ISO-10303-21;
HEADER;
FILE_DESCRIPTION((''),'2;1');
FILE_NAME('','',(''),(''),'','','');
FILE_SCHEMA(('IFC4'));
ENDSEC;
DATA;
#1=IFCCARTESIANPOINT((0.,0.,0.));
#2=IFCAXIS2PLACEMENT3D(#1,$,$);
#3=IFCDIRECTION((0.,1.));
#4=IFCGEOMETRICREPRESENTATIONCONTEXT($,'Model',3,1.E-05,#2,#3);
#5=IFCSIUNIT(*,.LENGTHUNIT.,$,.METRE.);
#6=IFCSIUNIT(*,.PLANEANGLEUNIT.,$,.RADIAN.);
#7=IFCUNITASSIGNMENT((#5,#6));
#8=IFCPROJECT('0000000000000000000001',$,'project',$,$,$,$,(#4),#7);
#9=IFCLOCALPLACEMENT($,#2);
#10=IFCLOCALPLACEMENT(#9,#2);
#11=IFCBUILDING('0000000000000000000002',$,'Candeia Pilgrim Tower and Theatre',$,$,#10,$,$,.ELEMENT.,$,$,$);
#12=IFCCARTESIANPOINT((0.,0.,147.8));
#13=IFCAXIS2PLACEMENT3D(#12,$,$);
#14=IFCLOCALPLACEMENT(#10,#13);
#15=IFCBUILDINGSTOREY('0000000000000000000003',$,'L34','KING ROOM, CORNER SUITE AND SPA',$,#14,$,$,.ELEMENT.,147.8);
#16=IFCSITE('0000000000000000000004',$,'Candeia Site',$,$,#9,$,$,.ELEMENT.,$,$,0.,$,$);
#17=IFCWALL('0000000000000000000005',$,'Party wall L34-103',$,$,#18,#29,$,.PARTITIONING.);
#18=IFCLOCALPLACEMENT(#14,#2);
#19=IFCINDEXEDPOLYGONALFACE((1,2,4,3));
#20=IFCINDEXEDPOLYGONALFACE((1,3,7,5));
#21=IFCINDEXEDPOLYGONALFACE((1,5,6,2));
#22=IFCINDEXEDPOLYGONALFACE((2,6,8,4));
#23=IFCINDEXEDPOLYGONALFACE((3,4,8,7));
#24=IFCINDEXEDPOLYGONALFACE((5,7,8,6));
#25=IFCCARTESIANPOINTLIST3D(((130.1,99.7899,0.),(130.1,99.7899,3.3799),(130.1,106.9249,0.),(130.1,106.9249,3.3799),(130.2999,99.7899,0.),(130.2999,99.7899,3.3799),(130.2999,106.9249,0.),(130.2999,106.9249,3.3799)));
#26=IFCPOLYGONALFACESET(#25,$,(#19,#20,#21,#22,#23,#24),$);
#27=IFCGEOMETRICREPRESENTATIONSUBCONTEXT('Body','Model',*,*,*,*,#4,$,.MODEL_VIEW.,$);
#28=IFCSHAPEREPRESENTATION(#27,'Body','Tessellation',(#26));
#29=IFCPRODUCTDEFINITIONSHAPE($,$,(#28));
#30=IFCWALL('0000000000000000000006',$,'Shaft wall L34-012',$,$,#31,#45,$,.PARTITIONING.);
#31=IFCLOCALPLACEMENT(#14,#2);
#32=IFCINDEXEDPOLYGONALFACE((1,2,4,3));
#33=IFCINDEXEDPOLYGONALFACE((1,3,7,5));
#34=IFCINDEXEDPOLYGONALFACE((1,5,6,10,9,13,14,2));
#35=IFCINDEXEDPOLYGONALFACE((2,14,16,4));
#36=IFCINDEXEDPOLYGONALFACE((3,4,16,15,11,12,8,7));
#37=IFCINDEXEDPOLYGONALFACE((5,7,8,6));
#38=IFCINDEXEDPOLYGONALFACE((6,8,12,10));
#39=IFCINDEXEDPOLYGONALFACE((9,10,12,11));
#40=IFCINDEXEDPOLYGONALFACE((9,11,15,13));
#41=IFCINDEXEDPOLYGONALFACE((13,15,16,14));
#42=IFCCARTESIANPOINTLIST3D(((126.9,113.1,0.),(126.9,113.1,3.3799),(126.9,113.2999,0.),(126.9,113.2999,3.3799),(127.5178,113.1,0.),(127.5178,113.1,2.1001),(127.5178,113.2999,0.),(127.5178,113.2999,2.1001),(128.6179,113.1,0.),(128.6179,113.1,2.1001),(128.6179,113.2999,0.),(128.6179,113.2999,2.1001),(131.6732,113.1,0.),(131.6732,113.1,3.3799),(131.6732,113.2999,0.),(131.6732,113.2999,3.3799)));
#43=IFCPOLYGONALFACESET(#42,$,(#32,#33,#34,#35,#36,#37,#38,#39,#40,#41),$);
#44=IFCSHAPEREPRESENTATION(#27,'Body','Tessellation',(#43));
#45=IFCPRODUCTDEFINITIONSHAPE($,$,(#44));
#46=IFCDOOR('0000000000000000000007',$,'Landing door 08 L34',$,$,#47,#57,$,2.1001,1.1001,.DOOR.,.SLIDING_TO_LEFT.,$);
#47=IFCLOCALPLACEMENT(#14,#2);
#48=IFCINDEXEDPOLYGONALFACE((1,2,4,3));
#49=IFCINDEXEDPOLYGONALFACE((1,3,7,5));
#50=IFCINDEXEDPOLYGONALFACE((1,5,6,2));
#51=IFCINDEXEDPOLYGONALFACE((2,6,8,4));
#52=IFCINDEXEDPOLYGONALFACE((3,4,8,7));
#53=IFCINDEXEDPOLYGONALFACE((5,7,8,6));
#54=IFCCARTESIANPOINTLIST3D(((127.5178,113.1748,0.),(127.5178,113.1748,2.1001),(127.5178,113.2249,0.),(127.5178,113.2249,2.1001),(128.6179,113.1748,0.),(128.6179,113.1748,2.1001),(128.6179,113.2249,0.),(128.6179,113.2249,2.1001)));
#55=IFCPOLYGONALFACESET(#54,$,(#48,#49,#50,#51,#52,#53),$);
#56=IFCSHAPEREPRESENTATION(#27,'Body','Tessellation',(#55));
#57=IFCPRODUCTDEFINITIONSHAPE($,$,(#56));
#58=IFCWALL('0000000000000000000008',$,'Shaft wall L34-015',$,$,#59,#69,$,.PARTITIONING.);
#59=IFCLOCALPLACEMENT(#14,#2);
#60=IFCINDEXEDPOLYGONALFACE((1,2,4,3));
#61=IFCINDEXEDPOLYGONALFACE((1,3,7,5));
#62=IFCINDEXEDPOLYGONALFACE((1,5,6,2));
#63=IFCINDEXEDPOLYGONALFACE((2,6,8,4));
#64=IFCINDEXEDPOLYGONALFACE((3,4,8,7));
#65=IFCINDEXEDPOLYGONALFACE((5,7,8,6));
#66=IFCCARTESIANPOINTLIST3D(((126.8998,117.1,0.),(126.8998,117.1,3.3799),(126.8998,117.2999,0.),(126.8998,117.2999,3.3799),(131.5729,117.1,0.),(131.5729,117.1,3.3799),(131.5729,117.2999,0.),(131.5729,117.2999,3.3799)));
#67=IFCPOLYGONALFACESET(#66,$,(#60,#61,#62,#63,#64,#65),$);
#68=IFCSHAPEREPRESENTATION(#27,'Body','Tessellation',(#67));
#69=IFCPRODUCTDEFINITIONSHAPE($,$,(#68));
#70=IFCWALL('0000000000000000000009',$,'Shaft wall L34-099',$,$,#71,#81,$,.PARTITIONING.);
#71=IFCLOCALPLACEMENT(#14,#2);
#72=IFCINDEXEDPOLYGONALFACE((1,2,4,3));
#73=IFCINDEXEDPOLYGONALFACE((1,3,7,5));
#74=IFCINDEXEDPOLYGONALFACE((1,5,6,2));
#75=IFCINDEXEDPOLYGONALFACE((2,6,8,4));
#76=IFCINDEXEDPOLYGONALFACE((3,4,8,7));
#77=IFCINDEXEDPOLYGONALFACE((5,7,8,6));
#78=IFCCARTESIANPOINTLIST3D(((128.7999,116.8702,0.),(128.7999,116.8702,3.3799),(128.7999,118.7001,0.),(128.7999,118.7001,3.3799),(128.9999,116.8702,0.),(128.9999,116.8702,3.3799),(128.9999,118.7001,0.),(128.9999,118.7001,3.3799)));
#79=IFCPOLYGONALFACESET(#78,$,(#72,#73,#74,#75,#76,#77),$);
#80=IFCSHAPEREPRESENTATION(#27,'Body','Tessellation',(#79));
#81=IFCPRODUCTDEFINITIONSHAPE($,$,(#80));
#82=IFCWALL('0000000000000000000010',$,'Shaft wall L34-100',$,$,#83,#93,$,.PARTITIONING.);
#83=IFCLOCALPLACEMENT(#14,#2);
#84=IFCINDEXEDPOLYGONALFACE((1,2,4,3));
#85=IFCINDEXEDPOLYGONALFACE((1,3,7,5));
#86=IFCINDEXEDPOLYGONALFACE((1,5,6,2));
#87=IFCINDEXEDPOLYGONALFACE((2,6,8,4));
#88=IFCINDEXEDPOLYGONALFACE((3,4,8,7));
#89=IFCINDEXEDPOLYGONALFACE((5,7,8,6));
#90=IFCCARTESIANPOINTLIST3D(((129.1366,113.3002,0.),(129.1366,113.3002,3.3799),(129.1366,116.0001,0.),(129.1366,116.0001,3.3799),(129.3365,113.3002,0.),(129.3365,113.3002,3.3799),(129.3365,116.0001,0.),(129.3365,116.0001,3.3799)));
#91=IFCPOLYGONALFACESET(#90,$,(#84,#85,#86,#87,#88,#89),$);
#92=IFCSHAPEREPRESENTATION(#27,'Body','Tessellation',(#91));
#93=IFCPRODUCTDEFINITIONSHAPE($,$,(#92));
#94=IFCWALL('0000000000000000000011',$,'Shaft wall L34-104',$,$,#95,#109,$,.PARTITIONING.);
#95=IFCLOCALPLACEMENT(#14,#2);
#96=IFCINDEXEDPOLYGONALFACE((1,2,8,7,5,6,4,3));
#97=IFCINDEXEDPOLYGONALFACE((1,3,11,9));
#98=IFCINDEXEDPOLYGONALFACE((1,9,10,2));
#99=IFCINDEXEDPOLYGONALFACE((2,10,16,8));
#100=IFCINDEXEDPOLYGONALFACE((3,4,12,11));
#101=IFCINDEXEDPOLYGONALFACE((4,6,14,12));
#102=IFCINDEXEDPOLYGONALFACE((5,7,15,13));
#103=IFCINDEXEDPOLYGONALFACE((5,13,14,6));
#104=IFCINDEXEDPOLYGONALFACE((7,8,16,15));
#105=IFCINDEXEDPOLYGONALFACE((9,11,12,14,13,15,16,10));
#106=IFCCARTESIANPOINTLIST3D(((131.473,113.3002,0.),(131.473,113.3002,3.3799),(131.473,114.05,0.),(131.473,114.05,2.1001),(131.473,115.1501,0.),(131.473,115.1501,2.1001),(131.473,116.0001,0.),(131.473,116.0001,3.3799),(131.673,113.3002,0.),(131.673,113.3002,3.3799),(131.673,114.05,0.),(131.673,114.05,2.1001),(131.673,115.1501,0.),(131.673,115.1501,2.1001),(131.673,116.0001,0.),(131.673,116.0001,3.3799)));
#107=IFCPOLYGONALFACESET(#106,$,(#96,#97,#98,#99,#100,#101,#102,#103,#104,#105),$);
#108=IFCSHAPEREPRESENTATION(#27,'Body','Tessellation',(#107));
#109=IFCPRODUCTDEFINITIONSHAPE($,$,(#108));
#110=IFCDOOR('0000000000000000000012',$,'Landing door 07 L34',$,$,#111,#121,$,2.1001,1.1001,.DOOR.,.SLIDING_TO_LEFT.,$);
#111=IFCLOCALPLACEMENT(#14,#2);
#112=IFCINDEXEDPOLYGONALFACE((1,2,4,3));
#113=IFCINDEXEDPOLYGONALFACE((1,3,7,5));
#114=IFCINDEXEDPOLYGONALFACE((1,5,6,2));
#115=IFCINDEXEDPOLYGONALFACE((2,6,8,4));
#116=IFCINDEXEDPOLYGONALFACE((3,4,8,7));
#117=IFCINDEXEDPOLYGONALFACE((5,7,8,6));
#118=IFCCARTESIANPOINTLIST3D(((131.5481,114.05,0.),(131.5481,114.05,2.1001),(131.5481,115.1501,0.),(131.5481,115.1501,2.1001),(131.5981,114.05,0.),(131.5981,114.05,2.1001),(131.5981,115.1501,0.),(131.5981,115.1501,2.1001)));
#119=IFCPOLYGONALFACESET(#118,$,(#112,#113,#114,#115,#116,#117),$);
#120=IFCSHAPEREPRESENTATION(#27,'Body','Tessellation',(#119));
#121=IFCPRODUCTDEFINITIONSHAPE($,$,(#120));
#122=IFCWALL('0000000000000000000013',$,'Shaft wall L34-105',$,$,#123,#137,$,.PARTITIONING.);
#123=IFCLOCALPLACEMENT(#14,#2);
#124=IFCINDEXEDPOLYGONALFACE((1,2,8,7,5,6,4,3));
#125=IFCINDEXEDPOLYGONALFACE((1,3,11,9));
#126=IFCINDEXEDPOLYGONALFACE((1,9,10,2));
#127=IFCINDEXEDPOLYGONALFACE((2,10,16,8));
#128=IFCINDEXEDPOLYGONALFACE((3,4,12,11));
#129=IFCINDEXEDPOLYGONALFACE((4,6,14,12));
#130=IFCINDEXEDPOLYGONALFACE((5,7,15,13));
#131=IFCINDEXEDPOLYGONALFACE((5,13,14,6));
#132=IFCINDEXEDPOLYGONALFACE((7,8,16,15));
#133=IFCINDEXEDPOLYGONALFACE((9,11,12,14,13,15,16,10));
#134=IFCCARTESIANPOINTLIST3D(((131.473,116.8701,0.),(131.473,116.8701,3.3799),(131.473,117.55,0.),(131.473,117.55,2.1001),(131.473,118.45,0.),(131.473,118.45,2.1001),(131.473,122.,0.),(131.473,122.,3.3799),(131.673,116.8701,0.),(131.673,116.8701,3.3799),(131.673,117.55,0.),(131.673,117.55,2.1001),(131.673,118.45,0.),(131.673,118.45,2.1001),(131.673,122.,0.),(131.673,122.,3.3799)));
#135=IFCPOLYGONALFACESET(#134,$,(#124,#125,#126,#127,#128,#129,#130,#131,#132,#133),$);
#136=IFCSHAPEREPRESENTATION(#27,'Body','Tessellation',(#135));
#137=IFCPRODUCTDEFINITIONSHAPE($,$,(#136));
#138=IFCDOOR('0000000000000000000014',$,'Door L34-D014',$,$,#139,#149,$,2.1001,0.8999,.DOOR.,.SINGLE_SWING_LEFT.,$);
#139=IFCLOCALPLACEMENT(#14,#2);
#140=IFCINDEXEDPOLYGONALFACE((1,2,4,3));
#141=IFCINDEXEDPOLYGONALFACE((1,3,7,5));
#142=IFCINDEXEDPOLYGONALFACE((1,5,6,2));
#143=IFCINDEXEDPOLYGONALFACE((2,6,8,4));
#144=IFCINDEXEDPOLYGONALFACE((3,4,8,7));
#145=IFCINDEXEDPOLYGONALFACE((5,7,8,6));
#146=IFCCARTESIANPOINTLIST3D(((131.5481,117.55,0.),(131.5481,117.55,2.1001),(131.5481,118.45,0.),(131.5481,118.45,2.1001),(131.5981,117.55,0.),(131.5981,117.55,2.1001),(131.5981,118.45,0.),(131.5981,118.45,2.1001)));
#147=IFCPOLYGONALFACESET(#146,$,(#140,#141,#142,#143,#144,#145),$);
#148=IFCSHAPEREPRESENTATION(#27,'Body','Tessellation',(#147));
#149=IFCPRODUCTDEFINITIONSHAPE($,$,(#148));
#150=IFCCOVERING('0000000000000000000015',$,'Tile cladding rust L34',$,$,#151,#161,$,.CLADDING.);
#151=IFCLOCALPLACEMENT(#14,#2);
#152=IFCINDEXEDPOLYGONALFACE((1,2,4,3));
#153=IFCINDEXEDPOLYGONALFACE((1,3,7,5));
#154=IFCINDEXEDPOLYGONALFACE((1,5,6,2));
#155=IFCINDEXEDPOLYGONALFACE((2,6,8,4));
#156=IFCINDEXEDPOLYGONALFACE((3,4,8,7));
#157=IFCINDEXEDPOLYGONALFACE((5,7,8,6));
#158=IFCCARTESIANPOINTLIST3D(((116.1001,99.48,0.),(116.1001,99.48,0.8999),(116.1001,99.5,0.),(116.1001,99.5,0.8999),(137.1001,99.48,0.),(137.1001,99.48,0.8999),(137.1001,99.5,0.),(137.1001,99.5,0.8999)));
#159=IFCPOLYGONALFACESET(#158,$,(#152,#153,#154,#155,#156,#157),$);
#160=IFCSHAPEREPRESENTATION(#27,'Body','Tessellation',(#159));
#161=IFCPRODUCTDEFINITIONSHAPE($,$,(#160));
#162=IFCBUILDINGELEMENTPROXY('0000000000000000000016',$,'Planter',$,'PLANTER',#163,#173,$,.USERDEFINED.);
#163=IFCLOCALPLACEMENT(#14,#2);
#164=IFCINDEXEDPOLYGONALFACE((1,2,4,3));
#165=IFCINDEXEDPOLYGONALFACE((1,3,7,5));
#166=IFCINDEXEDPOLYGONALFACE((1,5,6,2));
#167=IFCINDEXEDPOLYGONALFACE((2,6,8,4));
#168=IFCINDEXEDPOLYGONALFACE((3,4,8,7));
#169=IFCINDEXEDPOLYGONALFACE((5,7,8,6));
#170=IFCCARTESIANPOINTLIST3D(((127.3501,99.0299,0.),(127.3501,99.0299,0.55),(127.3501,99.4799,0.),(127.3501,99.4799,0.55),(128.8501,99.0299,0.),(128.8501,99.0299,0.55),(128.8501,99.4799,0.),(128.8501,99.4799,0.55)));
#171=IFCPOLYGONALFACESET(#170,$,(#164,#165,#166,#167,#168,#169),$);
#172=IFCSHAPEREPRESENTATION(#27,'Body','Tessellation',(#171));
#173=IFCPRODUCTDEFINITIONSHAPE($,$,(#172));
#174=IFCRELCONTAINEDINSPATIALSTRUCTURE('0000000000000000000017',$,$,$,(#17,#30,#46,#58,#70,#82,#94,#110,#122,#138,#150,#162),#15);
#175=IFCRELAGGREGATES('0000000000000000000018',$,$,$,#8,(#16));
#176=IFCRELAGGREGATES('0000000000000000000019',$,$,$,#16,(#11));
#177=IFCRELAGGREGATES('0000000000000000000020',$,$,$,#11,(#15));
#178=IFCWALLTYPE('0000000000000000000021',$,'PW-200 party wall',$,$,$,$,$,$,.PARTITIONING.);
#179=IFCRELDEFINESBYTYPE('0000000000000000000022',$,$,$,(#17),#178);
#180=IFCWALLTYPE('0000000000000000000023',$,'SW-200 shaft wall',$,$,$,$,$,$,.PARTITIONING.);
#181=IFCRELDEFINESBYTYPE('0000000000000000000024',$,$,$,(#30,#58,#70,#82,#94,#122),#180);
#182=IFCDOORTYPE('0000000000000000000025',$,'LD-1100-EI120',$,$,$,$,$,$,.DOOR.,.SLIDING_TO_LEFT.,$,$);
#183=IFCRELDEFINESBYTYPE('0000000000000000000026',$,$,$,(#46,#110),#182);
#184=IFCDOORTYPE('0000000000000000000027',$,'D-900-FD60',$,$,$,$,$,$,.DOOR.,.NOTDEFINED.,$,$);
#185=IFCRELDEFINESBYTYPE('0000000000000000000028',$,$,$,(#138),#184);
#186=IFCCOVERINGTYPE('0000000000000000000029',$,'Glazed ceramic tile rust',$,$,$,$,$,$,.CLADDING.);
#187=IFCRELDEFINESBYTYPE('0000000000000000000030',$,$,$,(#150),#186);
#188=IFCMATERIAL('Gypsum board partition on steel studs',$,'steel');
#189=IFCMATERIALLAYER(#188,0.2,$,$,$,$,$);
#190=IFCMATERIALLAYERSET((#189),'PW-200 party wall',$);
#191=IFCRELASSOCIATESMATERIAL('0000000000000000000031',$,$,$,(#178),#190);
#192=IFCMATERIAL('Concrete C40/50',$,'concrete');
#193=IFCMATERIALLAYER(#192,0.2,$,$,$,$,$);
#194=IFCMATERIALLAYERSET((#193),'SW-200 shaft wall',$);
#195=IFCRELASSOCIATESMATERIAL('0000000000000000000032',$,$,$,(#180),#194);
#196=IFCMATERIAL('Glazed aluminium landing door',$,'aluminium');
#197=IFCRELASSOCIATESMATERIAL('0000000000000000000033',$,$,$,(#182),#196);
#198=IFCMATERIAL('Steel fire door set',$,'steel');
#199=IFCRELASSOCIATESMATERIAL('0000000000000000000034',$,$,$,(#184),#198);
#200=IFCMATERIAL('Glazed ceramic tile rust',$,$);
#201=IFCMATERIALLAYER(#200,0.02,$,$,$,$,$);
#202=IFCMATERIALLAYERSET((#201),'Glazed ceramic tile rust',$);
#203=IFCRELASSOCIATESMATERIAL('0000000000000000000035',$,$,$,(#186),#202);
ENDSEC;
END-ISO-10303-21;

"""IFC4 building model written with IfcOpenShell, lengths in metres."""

from ifc_helpers import new_model, si_unit, direction, frame, frame_2d, origin, origin_2d, place, context, subcontext, project, spatial, rectangle, extrude, material, layer, layer_set, type_object, element, fill, save


model = new_model("IFC4")

# Units and contexts
model_context = context("Model", 3, precision=1e-05, world=origin(), true_north=direction((0.0, 1.0)))
body_context = subcontext(model_context, "Body", "Model", "MODEL_VIEW")
ifc_project = project(units=[si_unit("LENGTHUNIT", "METRE"), si_unit("PLANEANGLEUNIT", "RADIAN")], contexts=[model_context])

# Site, building, storey
site_placement = place(None, origin())
site = spatial("IfcSite", under=ifc_project, at=site_placement, Name="Candeia Site", CompositionType="ELEMENT", RefElevation=0.0)
building_placement = place(site_placement, origin())
building = spatial("IfcBuilding", under=site, at=building_placement, Name="Candeia Pilgrim Tower and Theatre", CompositionType="ELEMENT")
storey_placement = place(building_placement, frame((0.0, 0.0, 147.8)))
storey = spatial("IfcBuildingStorey", under=building, at=storey_placement, Name="L34", Description="KING ROOM, CORNER SUITE AND SPA", CompositionType="ELEMENT", Elevation=147.8)

# Shared definitions
ifc_material_1 = material(Name="Steel fire door set", Category="steel")

# Shared definitions
ifc_material_2 = material(Name="Gypsum board partition on steel studs", Category="steel")

# Wall
ifc_layer_1 = layer(ifc_material_2, 0.2)
ifc_layer_set_1 = layer_set([ifc_layer_1], Name="PW-200 party wall")
wall_type_1 = type_object("IfcWallType", Name="PW-200 party wall", PredefinedType="PARTITIONING", material=ifc_layer_set_1)
wall_1_placement = place(storey_placement, frame((130.2, 99.79, 0.0), z_axis=(0.0, 0.0, 1.0), x_axis=(0.0, 1.0, 0.0)))
element("IfcWall", 1, at=wall_1_placement, inside=storey, type_object=wall_type_1, Name="Party wall L34-103", PredefinedType="PARTITIONING", context=body_context, shape_type="SweptSolid", body=[
    extrude(rectangle(XDim=7.135, YDim=0.2, at=frame_2d((3.5674, 0.0))), origin(), (0.0, 0.0, 1.0), 3.3799),
])

# Wall, opening, door
ifc_material_3 = material(Name="Concrete C40/50", Category="concrete")
ifc_layer_2 = layer(ifc_material_3, 0.2)
ifc_layer_set_2 = layer_set([ifc_layer_2], Name="SW-200 shaft wall")
wall_type_2 = type_object("IfcWallType", Name="SW-200 shaft wall", PredefinedType="PARTITIONING", material=ifc_layer_set_2)
wall_2_placement = place(storey_placement, frame((126.8999, 113.2, 0.0), z_axis=(0.0, 0.0, 1.0), x_axis=(1.0, 0.0, 0.0)))
wall_2 = element("IfcWall", 2, at=wall_2_placement, inside=storey, type_object=wall_type_2, Name="Shaft wall L34-012", PredefinedType="PARTITIONING", context=body_context, shape_type="SweptSolid", body=[
    extrude(rectangle(XDim=4.7732, YDim=0.2, at=frame_2d((2.3867, 0.0))), origin(), (0.0, 0.0, 1.0), 3.3799),
])
opening_1_placement = place(wall_2_placement, frame((0.6179, 0.0, 0.0)))
opening_1 = element("IfcOpeningElement", 3, at=opening_1_placement, cuts=wall_2, PredefinedType="OPENING", context=body_context, shape_type="SweptSolid", body=[
    extrude(rectangle(XDim=1.1001, YDim=2.1001, at=frame_2d((0.55, 1.05))), frame((0.0, 0.1099, 0.0), z_axis=(0.0, -1.0, 0.0), x_axis=(1.0, 0.0, 0.0)), (0.0, 0.0, 1.0), 0.22),
])
ifc_material_4 = material(Name="Glazed aluminium landing door", Category="aluminium")
door_type_1 = type_object("IfcDoorType", Name="LD-1100-EI120", OperationType="SLIDING_TO_LEFT", PredefinedType="DOOR", material=ifc_material_4)
door_1_placement = place(opening_1_placement, origin())
door_1 = element("IfcDoor", 4, at=door_1_placement, inside=storey, type_object=door_type_1, Name="Landing door 08 L34", OperationType="SLIDING_TO_LEFT", OverallHeight=2.1001, OverallWidth=1.1001, PredefinedType="DOOR", context=body_context, shape_type="SweptSolid", body=[
    extrude(rectangle(XDim=1.1001, YDim=2.1001, at=frame_2d((0.55, 1.05))), frame((0.0, 0.0249, 0.0), z_axis=(0.0, -1.0, 0.0), x_axis=(1.0, 0.0, 0.0)), (0.0, 0.0, 1.0), 0.05),
])
fill(opening_1, door_1)

# Walls
wall_3_placement = place(storey_placement, frame((126.8999, 117.2, 0.0), z_axis=(0.0, 0.0, 1.0), x_axis=(1.0, 0.0, 0.0)))
element("IfcWall", 5, at=wall_3_placement, inside=storey, type_object=wall_type_2, Name="Shaft wall L34-015", PredefinedType="PARTITIONING", context=body_context, shape_type="SweptSolid", body=[
    extrude(rectangle(XDim=4.6731, YDim=0.2, at=frame_2d((2.3364, 0.0))), origin(), (0.0, 0.0, 1.0), 3.3799),
])
wall_4_placement = place(storey_placement, frame((128.8999, 116.8701, 0.0), z_axis=(0.0, 0.0, 1.0), x_axis=(0.0, 1.0, 0.0)))
element("IfcWall", 6, at=wall_4_placement, inside=storey, type_object=wall_type_2, Name="Shaft wall L34-099", PredefinedType="PARTITIONING", context=body_context, shape_type="SweptSolid", body=[
    extrude(rectangle(XDim=1.8298, YDim=0.2, at=frame_2d((0.915, 0.0))), origin(), (0.0, 0.0, 1.0), 3.3799),
])
wall_5_placement = place(storey_placement, frame((129.2366, 113.3, 0.0), z_axis=(0.0, 0.0, 1.0), x_axis=(0.0, 1.0, 0.0)))
element("IfcWall", 7, at=wall_5_placement, inside=storey, type_object=wall_type_2, Name="Shaft wall L34-100", PredefinedType="PARTITIONING", context=body_context, shape_type="SweptSolid", body=[
    extrude(rectangle(XDim=2.7, YDim=0.2, at=frame_2d((1.3501, 0.0))), origin(), (0.0, 0.0, 1.0), 3.3799),
])

# Walls, openings, doors
wall_6_placement = place(storey_placement, frame((131.573, 113.3, 0.0), z_axis=(0.0, 0.0, 1.0), x_axis=(0.0, 1.0, 0.0)))
wall_6 = element("IfcWall", 8, at=wall_6_placement, inside=storey, type_object=wall_type_2, Name="Shaft wall L34-104", PredefinedType="PARTITIONING", context=body_context, shape_type="SweptSolid", body=[
    extrude(rectangle(XDim=2.7, YDim=0.2, at=frame_2d((1.3501, 0.0))), origin(), (0.0, 0.0, 1.0), 3.3799),
])
opening_2_placement = place(wall_6_placement, frame((0.75, 0.0, 0.0)))
opening_2 = element("IfcOpeningElement", 9, at=opening_2_placement, cuts=wall_6, PredefinedType="OPENING", context=body_context, shape_type="SweptSolid", body=[
    extrude(rectangle(XDim=1.1001, YDim=2.1001, at=frame_2d((0.55, 1.05))), frame((0.0, 0.1099, 0.0), z_axis=(0.0, -1.0, 0.0), x_axis=(1.0, 0.0, 0.0)), (0.0, 0.0, 1.0), 0.22),
])
door_2_placement = place(opening_2_placement, origin())
door_2 = element("IfcDoor", 10, at=door_2_placement, inside=storey, type_object=door_type_1, Name="Landing door 07 L34", OperationType="SLIDING_TO_LEFT", OverallHeight=2.1001, OverallWidth=1.1001, PredefinedType="DOOR", context=body_context, shape_type="SweptSolid", body=[
    extrude(rectangle(XDim=1.1001, YDim=2.1001, at=frame_2d((0.55, 1.05))), frame((0.0, 0.0249, 0.0), z_axis=(0.0, -1.0, 0.0), x_axis=(1.0, 0.0, 0.0)), (0.0, 0.0, 1.0), 0.05),
])
fill(opening_2, door_2)
wall_7_placement = place(storey_placement, frame((131.573, 116.8701, 0.0), z_axis=(0.0, 0.0, 1.0), x_axis=(0.0, 1.0, 0.0)))
wall_7 = element("IfcWall", 11, at=wall_7_placement, inside=storey, type_object=wall_type_2, Name="Shaft wall L34-105", PredefinedType="PARTITIONING", context=body_context, shape_type="SweptSolid", body=[
    extrude(rectangle(XDim=5.1299, YDim=0.2, at=frame_2d((2.5649, 0.0))), origin(), (0.0, 0.0, 1.0), 3.3799),
])
opening_3_placement = place(wall_7_placement, frame((0.6799, 0.0, 0.0)))
opening_3 = element("IfcOpeningElement", 12, at=opening_3_placement, cuts=wall_7, PredefinedType="OPENING", context=body_context, shape_type="SweptSolid", body=[
    extrude(rectangle(XDim=0.8999, YDim=2.1001, at=frame_2d((0.45, 1.05))), frame((0.0, 0.1099, 0.0), z_axis=(0.0, -1.0, 0.0), x_axis=(1.0, 0.0, 0.0)), (0.0, 0.0, 1.0), 0.22),
])
door_type_2 = type_object("IfcDoorType", Name="D-900-FD60", OperationType="NOTDEFINED", PredefinedType="DOOR", material=ifc_material_1)
door_3_placement = place(opening_3_placement, origin())
door_3 = element("IfcDoor", 13, at=door_3_placement, inside=storey, type_object=door_type_2, Name="Door L34-D014", OperationType="SINGLE_SWING_LEFT", OverallHeight=2.1001, OverallWidth=0.8999, PredefinedType="DOOR", context=body_context, shape_type="SweptSolid", body=[
    extrude(rectangle(XDim=0.8999, YDim=2.1001, at=frame_2d((0.45, 1.05))), frame((0.0, 0.0249, 0.0), z_axis=(0.0, -1.0, 0.0), x_axis=(1.0, 0.0, 0.0)), (0.0, 0.0, 1.0), 0.05),
])
fill(opening_3, door_3)

# Covering
ifc_material_5 = material(Name="Glazed ceramic tile rust")
ifc_layer_3 = layer(ifc_material_5, 0.02)
ifc_layer_set_3 = layer_set([ifc_layer_3], Name="Glazed ceramic tile rust")
covering_type = type_object("IfcCoveringType", Name="Glazed ceramic tile rust", PredefinedType="CLADDING", material=ifc_layer_set_3)
covering_placement = place(storey_placement, frame((126.6001, 99.49, 0.0), z_axis=(0.0, 0.0, 1.0), x_axis=(1.0, 0.0, 0.0)))
element("IfcCovering", 14, at=covering_placement, inside=storey, type_object=covering_type, Name="Tile cladding rust L34", PredefinedType="CLADDING", context=body_context, shape_type="SweptSolid", body=[
    extrude(rectangle(XDim=21.0, YDim=0.02, at=origin_2d()), origin(), (0.0, 0.0, 1.0), 0.8999),
])

# Building element proxy
proxy_placement = place(storey_placement, frame((128.1001, 99.2549, 0.0), z_axis=(0.0, 0.0, 1.0), x_axis=(1.0, 0.0, 0.0)))
element("IfcBuildingElementProxy", 15, at=proxy_placement, inside=storey, Name="Planter", ObjectType="PLANTER", PredefinedType="USERDEFINED", context=body_context, shape_type="SweptSolid", body=[
    extrude(rectangle(XDim=1.5, YDim=0.45, at=origin_2d()), origin(), (0.0, 0.0, 1.0), 0.55),
])

save(model, "model.ifc")
